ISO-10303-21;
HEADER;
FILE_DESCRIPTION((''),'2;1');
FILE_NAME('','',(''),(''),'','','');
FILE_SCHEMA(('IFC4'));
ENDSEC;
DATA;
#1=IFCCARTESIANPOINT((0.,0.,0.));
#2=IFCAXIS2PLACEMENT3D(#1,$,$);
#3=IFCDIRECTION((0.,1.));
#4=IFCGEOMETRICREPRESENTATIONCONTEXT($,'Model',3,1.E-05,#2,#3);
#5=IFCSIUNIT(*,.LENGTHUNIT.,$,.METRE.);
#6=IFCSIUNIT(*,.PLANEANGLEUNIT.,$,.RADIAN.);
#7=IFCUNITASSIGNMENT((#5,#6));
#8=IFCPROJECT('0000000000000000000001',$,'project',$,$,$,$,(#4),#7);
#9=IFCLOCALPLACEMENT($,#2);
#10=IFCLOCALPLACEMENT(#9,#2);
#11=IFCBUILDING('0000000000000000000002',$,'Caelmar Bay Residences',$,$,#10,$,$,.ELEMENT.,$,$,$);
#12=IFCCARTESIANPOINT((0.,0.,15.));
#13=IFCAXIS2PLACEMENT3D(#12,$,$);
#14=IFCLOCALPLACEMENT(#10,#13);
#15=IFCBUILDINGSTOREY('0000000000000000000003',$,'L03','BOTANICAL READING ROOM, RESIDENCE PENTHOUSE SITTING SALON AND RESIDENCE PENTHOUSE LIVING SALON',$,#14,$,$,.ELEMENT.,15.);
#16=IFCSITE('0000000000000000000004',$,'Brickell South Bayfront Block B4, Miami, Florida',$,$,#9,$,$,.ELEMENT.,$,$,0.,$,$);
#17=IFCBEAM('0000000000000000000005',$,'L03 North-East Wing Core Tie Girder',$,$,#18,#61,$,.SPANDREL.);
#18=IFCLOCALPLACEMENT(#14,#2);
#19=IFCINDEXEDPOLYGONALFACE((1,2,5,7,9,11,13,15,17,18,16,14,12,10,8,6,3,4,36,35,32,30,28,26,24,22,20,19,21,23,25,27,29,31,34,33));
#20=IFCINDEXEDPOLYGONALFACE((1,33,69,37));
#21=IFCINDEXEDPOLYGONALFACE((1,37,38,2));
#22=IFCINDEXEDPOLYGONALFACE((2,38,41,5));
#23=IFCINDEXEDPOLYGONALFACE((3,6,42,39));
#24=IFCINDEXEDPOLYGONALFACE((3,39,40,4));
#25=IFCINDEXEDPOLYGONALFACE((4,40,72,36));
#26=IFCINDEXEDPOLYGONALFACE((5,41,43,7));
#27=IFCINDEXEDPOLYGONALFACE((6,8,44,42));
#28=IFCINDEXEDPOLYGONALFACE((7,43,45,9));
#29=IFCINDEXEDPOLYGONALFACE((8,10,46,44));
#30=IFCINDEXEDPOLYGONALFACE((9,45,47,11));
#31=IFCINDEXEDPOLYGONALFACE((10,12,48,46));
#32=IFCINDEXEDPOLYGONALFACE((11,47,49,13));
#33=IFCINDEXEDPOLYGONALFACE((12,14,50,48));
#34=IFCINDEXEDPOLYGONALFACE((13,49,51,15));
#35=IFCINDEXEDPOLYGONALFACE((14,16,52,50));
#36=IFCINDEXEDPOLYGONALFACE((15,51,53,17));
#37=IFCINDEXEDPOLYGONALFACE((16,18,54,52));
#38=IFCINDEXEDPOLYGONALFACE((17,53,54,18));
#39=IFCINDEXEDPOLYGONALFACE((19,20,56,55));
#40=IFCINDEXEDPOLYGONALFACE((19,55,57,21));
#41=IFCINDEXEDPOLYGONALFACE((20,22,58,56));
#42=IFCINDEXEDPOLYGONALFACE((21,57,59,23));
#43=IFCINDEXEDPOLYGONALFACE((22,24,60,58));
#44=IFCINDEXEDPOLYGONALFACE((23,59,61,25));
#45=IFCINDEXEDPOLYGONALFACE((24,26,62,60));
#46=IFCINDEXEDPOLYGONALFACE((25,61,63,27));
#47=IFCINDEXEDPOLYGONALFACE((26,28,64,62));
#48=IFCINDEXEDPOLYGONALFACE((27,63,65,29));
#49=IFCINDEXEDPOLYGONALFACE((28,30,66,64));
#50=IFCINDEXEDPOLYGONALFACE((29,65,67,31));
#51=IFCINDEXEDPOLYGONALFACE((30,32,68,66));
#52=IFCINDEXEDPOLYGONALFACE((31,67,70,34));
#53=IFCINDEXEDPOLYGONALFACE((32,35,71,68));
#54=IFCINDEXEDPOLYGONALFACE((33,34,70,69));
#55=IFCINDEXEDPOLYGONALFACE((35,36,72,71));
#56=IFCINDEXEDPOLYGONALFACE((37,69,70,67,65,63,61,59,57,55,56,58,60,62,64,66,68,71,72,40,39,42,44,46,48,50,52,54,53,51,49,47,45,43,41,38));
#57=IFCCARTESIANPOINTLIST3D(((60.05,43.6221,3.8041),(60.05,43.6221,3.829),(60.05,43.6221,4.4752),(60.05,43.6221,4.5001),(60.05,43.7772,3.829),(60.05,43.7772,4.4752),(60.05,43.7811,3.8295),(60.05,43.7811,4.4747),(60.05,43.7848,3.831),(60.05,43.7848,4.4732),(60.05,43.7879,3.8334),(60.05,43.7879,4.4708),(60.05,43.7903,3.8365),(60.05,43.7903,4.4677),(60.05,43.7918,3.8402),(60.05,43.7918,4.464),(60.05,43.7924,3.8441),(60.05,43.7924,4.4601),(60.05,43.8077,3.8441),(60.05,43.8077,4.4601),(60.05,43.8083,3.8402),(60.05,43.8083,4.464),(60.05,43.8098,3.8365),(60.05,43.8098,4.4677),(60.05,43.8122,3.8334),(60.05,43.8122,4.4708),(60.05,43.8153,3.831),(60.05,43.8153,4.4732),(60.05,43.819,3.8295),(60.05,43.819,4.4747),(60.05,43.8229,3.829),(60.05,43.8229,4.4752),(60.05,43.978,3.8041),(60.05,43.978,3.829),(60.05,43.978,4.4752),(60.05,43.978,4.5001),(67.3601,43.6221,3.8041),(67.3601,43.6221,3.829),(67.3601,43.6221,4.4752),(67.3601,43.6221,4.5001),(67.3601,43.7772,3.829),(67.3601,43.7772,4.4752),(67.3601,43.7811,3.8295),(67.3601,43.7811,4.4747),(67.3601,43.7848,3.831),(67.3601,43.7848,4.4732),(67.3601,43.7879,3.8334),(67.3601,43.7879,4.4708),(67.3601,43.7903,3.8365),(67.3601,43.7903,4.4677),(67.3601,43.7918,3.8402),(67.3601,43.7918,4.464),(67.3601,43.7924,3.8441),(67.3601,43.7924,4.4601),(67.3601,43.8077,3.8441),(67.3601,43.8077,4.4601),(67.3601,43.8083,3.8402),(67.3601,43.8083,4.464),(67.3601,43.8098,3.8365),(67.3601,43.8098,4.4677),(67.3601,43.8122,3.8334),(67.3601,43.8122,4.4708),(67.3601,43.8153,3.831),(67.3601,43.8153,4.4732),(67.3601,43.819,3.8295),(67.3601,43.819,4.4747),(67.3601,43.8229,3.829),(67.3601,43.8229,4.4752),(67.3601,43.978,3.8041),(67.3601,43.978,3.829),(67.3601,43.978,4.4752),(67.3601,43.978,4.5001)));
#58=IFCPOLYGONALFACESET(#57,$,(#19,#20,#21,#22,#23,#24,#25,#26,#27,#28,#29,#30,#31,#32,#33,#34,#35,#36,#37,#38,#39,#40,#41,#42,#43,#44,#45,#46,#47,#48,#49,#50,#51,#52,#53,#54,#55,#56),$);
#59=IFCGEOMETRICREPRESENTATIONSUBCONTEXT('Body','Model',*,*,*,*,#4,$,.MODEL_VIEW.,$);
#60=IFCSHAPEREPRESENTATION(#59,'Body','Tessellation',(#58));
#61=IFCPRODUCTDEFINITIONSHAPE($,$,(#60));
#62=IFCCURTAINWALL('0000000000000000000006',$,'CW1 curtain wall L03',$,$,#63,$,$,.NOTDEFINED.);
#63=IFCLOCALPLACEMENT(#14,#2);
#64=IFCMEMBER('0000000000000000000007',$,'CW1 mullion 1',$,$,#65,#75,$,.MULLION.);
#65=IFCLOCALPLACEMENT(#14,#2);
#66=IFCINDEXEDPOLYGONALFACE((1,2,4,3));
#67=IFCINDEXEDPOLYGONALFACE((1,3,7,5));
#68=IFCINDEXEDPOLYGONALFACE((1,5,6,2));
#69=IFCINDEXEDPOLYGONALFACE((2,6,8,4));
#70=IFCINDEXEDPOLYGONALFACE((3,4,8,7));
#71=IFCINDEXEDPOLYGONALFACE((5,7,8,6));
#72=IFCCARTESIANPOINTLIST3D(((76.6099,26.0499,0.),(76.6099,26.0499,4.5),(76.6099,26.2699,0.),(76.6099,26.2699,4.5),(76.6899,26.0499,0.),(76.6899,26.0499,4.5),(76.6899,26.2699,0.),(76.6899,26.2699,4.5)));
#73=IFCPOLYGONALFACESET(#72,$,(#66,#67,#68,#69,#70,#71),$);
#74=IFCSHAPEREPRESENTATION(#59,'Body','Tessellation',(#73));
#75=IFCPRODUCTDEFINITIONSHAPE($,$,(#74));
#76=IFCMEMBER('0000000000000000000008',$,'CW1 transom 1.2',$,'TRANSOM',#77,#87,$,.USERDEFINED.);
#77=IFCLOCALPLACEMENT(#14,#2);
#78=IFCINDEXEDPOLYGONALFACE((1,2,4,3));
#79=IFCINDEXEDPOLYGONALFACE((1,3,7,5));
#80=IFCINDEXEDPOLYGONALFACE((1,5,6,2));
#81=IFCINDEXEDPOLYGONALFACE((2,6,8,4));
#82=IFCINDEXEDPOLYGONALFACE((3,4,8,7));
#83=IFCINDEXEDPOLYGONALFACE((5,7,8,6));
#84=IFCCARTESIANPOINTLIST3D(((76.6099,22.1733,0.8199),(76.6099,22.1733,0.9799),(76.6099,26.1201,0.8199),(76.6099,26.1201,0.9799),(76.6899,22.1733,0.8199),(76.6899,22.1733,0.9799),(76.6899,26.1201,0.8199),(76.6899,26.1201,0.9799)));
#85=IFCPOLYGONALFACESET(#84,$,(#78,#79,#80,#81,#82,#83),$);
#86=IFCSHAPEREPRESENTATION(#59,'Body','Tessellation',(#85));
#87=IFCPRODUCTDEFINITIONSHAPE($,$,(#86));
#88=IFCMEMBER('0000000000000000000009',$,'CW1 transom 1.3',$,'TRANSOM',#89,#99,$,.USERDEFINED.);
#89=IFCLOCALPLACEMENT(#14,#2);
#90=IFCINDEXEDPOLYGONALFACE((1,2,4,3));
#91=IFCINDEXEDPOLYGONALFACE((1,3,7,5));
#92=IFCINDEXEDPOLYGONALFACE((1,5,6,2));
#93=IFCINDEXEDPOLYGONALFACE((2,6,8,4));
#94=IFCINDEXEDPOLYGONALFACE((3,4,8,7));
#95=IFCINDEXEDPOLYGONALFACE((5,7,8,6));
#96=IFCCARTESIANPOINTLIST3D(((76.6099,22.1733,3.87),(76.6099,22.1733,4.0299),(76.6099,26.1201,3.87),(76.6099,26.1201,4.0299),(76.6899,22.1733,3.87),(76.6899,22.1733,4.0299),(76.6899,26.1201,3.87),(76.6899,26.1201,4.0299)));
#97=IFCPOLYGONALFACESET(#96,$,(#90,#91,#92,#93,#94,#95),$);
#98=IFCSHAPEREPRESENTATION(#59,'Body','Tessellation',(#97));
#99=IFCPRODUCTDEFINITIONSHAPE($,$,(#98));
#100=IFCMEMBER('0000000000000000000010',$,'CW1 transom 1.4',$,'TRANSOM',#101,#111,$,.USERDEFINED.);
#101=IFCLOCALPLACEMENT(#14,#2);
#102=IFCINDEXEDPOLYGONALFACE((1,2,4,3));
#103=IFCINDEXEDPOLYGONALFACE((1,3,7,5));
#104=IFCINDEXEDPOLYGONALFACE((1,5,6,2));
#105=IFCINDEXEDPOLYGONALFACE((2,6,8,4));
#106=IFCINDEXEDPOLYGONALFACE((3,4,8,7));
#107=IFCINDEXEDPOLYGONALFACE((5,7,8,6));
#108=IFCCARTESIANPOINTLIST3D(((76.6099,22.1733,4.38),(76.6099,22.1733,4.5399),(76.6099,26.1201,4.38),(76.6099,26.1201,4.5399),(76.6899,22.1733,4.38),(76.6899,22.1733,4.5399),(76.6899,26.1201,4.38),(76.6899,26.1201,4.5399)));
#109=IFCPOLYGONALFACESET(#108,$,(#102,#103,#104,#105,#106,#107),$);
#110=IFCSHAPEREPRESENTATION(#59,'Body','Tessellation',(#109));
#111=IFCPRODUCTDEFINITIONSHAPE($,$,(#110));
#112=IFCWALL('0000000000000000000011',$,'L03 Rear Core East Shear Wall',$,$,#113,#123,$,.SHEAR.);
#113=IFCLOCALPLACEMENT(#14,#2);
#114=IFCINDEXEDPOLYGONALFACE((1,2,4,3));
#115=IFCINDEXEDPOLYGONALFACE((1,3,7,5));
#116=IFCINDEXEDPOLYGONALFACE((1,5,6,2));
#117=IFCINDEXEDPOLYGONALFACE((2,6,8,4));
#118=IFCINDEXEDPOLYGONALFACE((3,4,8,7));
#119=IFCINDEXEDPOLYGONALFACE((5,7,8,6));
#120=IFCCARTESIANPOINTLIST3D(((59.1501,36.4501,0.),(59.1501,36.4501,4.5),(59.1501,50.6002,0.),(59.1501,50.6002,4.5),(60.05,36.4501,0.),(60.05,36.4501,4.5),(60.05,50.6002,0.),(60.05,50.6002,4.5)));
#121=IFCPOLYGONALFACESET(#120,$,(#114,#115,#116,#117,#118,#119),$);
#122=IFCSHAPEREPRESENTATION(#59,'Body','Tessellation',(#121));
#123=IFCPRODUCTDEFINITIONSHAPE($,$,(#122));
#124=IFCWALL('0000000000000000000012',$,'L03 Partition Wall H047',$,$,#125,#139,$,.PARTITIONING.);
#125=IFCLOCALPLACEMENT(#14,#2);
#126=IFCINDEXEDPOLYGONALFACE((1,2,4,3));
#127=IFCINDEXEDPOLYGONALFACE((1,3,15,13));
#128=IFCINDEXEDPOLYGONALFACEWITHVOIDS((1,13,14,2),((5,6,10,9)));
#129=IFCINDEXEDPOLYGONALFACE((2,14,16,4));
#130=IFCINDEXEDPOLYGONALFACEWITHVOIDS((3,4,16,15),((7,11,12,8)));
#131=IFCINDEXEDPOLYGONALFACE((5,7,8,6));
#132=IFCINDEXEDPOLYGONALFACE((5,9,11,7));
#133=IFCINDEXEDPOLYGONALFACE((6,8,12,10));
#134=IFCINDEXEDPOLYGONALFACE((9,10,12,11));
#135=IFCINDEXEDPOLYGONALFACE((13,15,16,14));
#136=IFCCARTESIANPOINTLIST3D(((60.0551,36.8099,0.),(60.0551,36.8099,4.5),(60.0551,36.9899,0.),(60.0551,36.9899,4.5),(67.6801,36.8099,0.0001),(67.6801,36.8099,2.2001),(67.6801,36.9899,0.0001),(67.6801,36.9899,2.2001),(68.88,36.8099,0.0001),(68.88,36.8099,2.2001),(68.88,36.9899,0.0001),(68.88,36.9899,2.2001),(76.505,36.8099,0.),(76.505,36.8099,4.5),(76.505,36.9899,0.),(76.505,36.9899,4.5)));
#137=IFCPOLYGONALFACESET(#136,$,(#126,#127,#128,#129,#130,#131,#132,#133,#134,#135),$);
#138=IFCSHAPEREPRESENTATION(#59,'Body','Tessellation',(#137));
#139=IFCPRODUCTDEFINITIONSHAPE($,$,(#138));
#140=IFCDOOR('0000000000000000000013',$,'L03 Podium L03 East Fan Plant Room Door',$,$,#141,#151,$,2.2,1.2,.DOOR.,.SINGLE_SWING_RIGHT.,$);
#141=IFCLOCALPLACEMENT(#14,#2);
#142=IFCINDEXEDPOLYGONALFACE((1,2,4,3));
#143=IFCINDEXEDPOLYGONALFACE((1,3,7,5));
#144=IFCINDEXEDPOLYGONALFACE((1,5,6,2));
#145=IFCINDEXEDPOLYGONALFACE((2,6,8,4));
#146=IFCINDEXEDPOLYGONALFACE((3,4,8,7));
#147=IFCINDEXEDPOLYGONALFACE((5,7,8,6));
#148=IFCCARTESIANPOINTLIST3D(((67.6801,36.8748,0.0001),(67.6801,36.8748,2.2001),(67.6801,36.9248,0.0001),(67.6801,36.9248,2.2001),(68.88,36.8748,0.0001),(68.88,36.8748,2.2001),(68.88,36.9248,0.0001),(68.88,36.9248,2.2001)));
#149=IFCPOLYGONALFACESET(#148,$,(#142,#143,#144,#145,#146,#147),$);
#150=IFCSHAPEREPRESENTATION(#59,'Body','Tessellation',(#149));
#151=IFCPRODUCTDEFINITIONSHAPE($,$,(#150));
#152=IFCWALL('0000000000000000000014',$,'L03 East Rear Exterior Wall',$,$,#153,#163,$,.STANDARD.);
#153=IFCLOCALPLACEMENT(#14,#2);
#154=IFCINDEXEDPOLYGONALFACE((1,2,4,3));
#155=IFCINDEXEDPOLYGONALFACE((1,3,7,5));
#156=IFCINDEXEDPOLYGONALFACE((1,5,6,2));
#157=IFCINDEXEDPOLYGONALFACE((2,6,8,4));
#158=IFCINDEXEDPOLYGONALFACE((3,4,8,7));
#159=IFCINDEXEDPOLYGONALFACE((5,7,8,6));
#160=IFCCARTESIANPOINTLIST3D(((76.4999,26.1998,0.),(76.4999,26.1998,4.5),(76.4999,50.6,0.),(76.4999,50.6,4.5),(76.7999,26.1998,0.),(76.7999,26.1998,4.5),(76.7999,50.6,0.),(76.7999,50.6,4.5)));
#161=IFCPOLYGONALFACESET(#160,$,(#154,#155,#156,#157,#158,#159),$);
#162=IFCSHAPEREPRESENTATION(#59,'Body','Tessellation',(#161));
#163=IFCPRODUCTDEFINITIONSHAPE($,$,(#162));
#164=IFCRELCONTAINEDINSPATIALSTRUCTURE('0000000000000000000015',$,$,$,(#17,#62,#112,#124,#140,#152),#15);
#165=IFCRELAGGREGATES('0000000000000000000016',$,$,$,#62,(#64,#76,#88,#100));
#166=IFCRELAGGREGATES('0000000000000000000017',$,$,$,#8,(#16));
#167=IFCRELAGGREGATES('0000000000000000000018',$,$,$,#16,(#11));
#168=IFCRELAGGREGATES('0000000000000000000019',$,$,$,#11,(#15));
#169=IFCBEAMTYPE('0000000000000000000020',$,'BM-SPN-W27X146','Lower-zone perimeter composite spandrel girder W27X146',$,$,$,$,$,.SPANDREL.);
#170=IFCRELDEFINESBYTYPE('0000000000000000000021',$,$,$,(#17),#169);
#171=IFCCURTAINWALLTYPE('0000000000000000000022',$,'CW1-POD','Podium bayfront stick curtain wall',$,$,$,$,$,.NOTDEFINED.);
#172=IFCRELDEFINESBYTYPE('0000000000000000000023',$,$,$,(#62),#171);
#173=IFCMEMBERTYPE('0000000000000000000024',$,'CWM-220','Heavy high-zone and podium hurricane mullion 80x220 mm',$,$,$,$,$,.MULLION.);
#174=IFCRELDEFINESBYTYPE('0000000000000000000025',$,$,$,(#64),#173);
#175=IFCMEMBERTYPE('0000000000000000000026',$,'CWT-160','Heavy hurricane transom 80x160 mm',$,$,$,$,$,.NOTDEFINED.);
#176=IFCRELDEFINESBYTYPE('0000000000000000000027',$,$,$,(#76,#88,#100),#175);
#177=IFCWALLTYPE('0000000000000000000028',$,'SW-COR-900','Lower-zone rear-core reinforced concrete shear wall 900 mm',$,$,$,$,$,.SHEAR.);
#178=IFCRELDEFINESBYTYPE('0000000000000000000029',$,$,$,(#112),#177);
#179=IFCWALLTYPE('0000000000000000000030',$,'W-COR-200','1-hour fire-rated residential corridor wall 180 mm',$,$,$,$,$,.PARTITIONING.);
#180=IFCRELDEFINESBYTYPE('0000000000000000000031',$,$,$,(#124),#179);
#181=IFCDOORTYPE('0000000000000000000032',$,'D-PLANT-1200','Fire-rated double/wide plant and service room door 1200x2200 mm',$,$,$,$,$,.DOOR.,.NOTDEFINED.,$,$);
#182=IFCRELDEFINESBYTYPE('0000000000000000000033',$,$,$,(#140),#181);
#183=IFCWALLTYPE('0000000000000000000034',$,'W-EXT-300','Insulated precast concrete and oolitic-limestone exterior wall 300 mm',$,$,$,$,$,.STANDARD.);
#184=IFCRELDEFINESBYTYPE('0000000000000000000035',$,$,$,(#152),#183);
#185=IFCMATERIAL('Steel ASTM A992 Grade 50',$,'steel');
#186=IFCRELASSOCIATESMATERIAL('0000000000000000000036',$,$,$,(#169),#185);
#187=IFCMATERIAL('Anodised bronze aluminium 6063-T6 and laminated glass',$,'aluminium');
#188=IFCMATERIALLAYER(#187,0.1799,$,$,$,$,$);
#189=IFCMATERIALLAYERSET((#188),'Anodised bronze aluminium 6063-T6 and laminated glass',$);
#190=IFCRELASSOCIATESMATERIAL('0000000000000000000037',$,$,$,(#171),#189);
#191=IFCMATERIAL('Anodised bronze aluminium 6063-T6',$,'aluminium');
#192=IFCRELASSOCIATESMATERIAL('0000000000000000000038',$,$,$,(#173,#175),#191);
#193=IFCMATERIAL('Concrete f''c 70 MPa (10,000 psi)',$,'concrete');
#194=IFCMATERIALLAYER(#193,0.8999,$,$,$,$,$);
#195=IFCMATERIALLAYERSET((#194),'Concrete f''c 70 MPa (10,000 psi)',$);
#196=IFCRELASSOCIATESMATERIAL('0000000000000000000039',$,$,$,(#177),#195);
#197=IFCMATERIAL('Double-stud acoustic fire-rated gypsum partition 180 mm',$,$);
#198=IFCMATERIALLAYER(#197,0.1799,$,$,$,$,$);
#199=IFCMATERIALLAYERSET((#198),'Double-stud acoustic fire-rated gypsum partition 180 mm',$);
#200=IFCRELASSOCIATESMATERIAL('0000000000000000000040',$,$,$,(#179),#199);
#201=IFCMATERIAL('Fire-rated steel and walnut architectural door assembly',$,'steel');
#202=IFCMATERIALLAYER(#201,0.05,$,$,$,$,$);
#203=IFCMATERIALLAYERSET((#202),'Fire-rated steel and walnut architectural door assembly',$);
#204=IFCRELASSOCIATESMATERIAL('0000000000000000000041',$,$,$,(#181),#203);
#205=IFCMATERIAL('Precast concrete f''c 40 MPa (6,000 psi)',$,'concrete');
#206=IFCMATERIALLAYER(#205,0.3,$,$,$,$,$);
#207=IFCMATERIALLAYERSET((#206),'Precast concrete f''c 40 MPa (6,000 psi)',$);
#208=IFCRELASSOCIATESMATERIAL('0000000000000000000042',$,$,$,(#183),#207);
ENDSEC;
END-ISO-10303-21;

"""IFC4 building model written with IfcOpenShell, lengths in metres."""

from ifc_helpers import new_model, si_unit, direction, frame, frame_2d, origin, origin_2d, place, context, subcontext, project, spatial, rectangle, i_section, extrude, material, layer, layer_set, material_profile, profile_set, type_object, element, fill, aggregate, save


model = new_model("IFC4")

# Units and contexts
model_context = context("Model", 3, precision=1e-05, world=origin(), true_north=direction((0.0, 1.0)))
body_context = subcontext(model_context, "Body", "Model", "MODEL_VIEW")
ifc_project = project(units=[si_unit("LENGTHUNIT", "METRE"), si_unit("PLANEANGLEUNIT", "RADIAN")], contexts=[model_context])

# Site, building, storey
site_placement = place(None, origin())
site = spatial("IfcSite", under=ifc_project, at=site_placement, Name="Brickell South Bayfront Block B4, Miami, Florida", CompositionType="ELEMENT", RefElevation=0.0)
building_placement = place(site_placement, origin())
building = spatial("IfcBuilding", under=site, at=building_placement, Name="Caelmar Bay Residences", CompositionType="ELEMENT")
storey_placement = place(building_placement, frame((0.0, 0.0, 15.0)))
storey = spatial("IfcBuildingStorey", under=building, at=storey_placement, Name="L03", Description="BOTANICAL READING ROOM, RESIDENCE PENTHOUSE SITTING SALON AND RESIDENCE PENTHOUSE LIVING SALON", CompositionType="ELEMENT", Elevation=15.0)

# Shared definitions
ifc_material_1 = material(Name="Concrete f'c 70 MPa (10,000 psi)", Category="concrete")

# Beam
ifc_material_2 = material(Name="Steel ASTM A992 Grade 50", Category="steel")
ifc_material_profile_1 = material_profile(ifc_material_2, i_section(OverallWidth=0.356, OverallDepth=0.696, WebThickness=0.0154, FlangeThickness=0.0249, FilletRadius=0.0151, at=origin_2d()), Name="W27X146")
ifc_profile_set_1 = profile_set([ifc_material_profile_1], Name="Steel ASTM A992 Grade 50")
beam_type_1 = type_object("IfcBeamType", Name="BM-SPN-W27X146", Description="Lower-zone perimeter composite spandrel girder W27X146", PredefinedType="SPANDREL", material=ifc_profile_set_1)
beam_1_placement = place(storey_placement, frame((60.05, 43.8, 4.1521), z_axis=(1.0, 0.0, 0.0), x_axis=(0.0, 1.0, 0.0)))
element("IfcBeam", 1, at=beam_1_placement, inside=storey, type_object=beam_type_1, Name="L03 North-East Wing Core Tie Girder", PredefinedType="SPANDREL", context=body_context, shape_type="SweptSolid", body=[
    extrude(i_section(OverallWidth=0.356, OverallDepth=0.696, WebThickness=0.0154, FlangeThickness=0.0249, FilletRadius=0.0151, at=origin_2d()), origin(), (0.0, 0.0, 1.0), 7.3101),
])

# Curtain wall, members
ifc_material_3 = material(Name="Anodised bronze aluminium 6063-T6 and laminated glass", Category="aluminium")
ifc_layer_1 = layer(ifc_material_3, 0.1799)
ifc_layer_set_1 = layer_set([ifc_layer_1], Name="Anodised bronze aluminium 6063-T6 and laminated glass")
curtain_wall_type = type_object("IfcCurtainWallType", Name="CW1-POD", Description="Podium bayfront stick curtain wall", PredefinedType="NOTDEFINED", material=ifc_layer_set_1)
curtain_wall_placement = place(storey_placement, origin())
curtain_wall = element("IfcCurtainWall", 2, at=curtain_wall_placement, inside=storey, type_object=curtain_wall_type, Name="CW1 curtain wall L03", PredefinedType="NOTDEFINED")
ifc_material_4 = material(Name="Anodised bronze aluminium 6063-T6", Category="aluminium")
ifc_material_profile_2 = material_profile(ifc_material_4, rectangle(XDim=0.0801, YDim=0.22, at=origin_2d()), Name="CWM-80X220")
ifc_profile_set_2 = profile_set([ifc_material_profile_2], Name="Anodised bronze aluminium 6063-T6")
member_type_1 = type_object("IfcMemberType", Name="CWM-220", Description="Heavy high-zone and podium hurricane mullion 80x220 mm", PredefinedType="MULLION", material=ifc_profile_set_2)
member_1_placement = place(storey_placement, frame((76.6499, 26.1599, 0.0), z_axis=(0.0, 0.0, 1.0), x_axis=(1.0, 0.0, 0.0)))
member_1 = element("IfcMember", 3, at=member_1_placement, type_object=member_type_1, Name="CW1 mullion 1", PredefinedType="MULLION", context=body_context, shape_type="SweptSolid", body=[
    extrude(rectangle(XDim=0.0801, YDim=0.22, at=origin_2d()), origin(), (0.0, 0.0, 1.0), 4.5),
])
ifc_material_profile_3 = material_profile(ifc_material_4, rectangle(XDim=0.0801, YDim=0.1599, at=origin_2d()), Name="CWT-80X160")
ifc_profile_set_3 = profile_set([ifc_material_profile_3], Name="Anodised bronze aluminium 6063-T6")
member_type_2 = type_object("IfcMemberType", Name="CWT-160", Description="Heavy hurricane transom 80x160 mm", PredefinedType="NOTDEFINED", material=ifc_profile_set_3)
member_2_placement = place(storey_placement, frame((76.6499, 26.1201, 0.8999), z_axis=(0.0, -1.0, 0.0), x_axis=(1.0, 0.0, 0.0)))
member_2 = element("IfcMember", 4, at=member_2_placement, type_object=member_type_2, Name="CW1 transom 1.2", ObjectType="TRANSOM", PredefinedType="USERDEFINED", context=body_context, shape_type="SweptSolid", body=[
    extrude(rectangle(XDim=0.0801, YDim=0.1599, at=origin_2d()), origin(), (0.0, 0.0, 1.0), 3.9468),
])
member_3_placement = place(storey_placement, frame((76.6499, 26.1201, 3.95), z_axis=(0.0, -1.0, 0.0), x_axis=(1.0, 0.0, 0.0)))
member_3 = element("IfcMember", 5, at=member_3_placement, type_object=member_type_2, Name="CW1 transom 1.3", ObjectType="TRANSOM", PredefinedType="USERDEFINED", context=body_context, shape_type="SweptSolid", body=[
    extrude(rectangle(XDim=0.0801, YDim=0.1599, at=origin_2d()), origin(), (0.0, 0.0, 1.0), 3.9468),
])
member_4_placement = place(storey_placement, frame((76.6499, 26.1201, 4.46), z_axis=(0.0, -1.0, 0.0), x_axis=(1.0, 0.0, 0.0)))
member_4 = element("IfcMember", 6, at=member_4_placement, type_object=member_type_2, Name="CW1 transom 1.4", ObjectType="TRANSOM", PredefinedType="USERDEFINED", context=body_context, shape_type="SweptSolid", body=[
    extrude(rectangle(XDim=0.0801, YDim=0.1599, at=origin_2d()), origin(), (0.0, 0.0, 1.0), 3.9468),
])
aggregate(curtain_wall, [member_1, member_2, member_3, member_4])

# Wall
ifc_layer_2 = layer(ifc_material_1, 0.8999)
ifc_layer_set_2 = layer_set([ifc_layer_2], Name="Concrete f'c 70 MPa (10,000 psi)")
wall_type_1 = type_object("IfcWallType", Name="SW-COR-900", Description="Lower-zone rear-core reinforced concrete shear wall 900 mm", PredefinedType="SHEAR", material=ifc_layer_set_2)
wall_1_placement = place(storey_placement, frame((59.6001, 36.45, 0.0), z_axis=(0.0, 0.0, 1.0), x_axis=(0.0, 1.0, 0.0)))
element("IfcWall", 7, at=wall_1_placement, inside=storey, type_object=wall_type_1, Name="L03 Rear Core East Shear Wall", PredefinedType="SHEAR", context=body_context, shape_type="SweptSolid", body=[
    extrude(rectangle(XDim=14.1501, YDim=0.8999, at=frame_2d((7.0752, 0.0))), origin(), (0.0, 0.0, 1.0), 4.5),
])

# Wall, opening, door
ifc_material_5 = material(Name="Double-stud acoustic fire-rated gypsum partition 180 mm")
ifc_layer_3 = layer(ifc_material_5, 0.1799)
ifc_layer_set_3 = layer_set([ifc_layer_3], Name="Double-stud acoustic fire-rated gypsum partition 180 mm")
wall_type_2 = type_object("IfcWallType", Name="W-COR-200", Description="1-hour fire-rated residential corridor wall 180 mm", PredefinedType="PARTITIONING", material=ifc_layer_set_3)
wall_2_placement = place(storey_placement, frame((60.0549, 36.8999, 0.0), z_axis=(0.0, 0.0, 1.0), x_axis=(1.0, 0.0, 0.0)))
wall_2 = element("IfcWall", 8, at=wall_2_placement, inside=storey, type_object=wall_type_2, Name="L03 Partition Wall H047", PredefinedType="PARTITIONING", context=body_context, shape_type="SweptSolid", body=[
    extrude(rectangle(XDim=16.45, YDim=0.1799, at=frame_2d((8.2251, 0.0))), origin(), (0.0, 0.0, 1.0), 4.5),
])
opening_1_placement = place(wall_2_placement, frame((7.625, 0.0, 0.0)))
opening_1 = element("IfcOpeningElement", 9, at=opening_1_placement, cuts=wall_2, PredefinedType="OPENING", context=body_context, shape_type="SweptSolid", body=[
    extrude(rectangle(XDim=1.2, YDim=2.2, at=frame_2d((0.6001, 1.1001))), frame((0.0, 0.0999, 0.0), z_axis=(0.0, -1.0, 0.0), x_axis=(1.0, 0.0, 0.0)), (0.0, 0.0, 1.0), 0.2),
])
ifc_material_6 = material(Name="Fire-rated steel and walnut architectural door assembly", Category="steel")
ifc_layer_4 = layer(ifc_material_6, 0.05)
ifc_layer_set_4 = layer_set([ifc_layer_4], Name="Fire-rated steel and walnut architectural door assembly")
door_type = type_object("IfcDoorType", Name="D-PLANT-1200", Description="Fire-rated double/wide plant and service room door 1200x2200 mm", OperationType="NOTDEFINED", PredefinedType="DOOR", material=ifc_layer_set_4)
door_placement = place(opening_1_placement, origin())
door = element("IfcDoor", 10, at=door_placement, inside=storey, type_object=door_type, Name="L03 Podium L03 East Fan Plant Room Door", OperationType="SINGLE_SWING_RIGHT", OverallHeight=2.2, OverallWidth=1.2, PredefinedType="DOOR", context=body_context, shape_type="SweptSolid", body=[
    extrude(rectangle(XDim=1.2, YDim=2.2, at=frame_2d((0.6001, 1.1001))), frame((0.0, 0.0249, 0.0), z_axis=(0.0, -1.0, 0.0), x_axis=(1.0, 0.0, 0.0)), (0.0, 0.0, 1.0), 0.05),
])
fill(opening_1, door)

# Wall
ifc_material_7 = material(Name="Precast concrete f'c 40 MPa (6,000 psi)", Category="concrete")
ifc_layer_5 = layer(ifc_material_7, 0.3)
ifc_layer_set_5 = layer_set([ifc_layer_5], Name="Precast concrete f'c 40 MPa (6,000 psi)")
wall_type_3 = type_object("IfcWallType", Name="W-EXT-300", Description="Insulated precast concrete and oolitic-limestone exterior wall 300 mm", PredefinedType="STANDARD", material=ifc_layer_set_5)
wall_3_placement = place(storey_placement, frame((76.6499, 50.6001, 0.0), z_axis=(0.0, 0.0, 1.0), x_axis=(0.0, -1.0, 0.0)))
element("IfcWall", 11, at=wall_3_placement, inside=storey, type_object=wall_type_3, Name="L03 East Rear Exterior Wall", PredefinedType="STANDARD", context=body_context, shape_type="SweptSolid", body=[
    extrude(rectangle(XDim=24.4001, YDim=0.3, at=frame_2d((12.2002, 0.0))), origin(), (0.0, 0.0, 1.0), 4.5),
])

save(model, "model.ifc")
